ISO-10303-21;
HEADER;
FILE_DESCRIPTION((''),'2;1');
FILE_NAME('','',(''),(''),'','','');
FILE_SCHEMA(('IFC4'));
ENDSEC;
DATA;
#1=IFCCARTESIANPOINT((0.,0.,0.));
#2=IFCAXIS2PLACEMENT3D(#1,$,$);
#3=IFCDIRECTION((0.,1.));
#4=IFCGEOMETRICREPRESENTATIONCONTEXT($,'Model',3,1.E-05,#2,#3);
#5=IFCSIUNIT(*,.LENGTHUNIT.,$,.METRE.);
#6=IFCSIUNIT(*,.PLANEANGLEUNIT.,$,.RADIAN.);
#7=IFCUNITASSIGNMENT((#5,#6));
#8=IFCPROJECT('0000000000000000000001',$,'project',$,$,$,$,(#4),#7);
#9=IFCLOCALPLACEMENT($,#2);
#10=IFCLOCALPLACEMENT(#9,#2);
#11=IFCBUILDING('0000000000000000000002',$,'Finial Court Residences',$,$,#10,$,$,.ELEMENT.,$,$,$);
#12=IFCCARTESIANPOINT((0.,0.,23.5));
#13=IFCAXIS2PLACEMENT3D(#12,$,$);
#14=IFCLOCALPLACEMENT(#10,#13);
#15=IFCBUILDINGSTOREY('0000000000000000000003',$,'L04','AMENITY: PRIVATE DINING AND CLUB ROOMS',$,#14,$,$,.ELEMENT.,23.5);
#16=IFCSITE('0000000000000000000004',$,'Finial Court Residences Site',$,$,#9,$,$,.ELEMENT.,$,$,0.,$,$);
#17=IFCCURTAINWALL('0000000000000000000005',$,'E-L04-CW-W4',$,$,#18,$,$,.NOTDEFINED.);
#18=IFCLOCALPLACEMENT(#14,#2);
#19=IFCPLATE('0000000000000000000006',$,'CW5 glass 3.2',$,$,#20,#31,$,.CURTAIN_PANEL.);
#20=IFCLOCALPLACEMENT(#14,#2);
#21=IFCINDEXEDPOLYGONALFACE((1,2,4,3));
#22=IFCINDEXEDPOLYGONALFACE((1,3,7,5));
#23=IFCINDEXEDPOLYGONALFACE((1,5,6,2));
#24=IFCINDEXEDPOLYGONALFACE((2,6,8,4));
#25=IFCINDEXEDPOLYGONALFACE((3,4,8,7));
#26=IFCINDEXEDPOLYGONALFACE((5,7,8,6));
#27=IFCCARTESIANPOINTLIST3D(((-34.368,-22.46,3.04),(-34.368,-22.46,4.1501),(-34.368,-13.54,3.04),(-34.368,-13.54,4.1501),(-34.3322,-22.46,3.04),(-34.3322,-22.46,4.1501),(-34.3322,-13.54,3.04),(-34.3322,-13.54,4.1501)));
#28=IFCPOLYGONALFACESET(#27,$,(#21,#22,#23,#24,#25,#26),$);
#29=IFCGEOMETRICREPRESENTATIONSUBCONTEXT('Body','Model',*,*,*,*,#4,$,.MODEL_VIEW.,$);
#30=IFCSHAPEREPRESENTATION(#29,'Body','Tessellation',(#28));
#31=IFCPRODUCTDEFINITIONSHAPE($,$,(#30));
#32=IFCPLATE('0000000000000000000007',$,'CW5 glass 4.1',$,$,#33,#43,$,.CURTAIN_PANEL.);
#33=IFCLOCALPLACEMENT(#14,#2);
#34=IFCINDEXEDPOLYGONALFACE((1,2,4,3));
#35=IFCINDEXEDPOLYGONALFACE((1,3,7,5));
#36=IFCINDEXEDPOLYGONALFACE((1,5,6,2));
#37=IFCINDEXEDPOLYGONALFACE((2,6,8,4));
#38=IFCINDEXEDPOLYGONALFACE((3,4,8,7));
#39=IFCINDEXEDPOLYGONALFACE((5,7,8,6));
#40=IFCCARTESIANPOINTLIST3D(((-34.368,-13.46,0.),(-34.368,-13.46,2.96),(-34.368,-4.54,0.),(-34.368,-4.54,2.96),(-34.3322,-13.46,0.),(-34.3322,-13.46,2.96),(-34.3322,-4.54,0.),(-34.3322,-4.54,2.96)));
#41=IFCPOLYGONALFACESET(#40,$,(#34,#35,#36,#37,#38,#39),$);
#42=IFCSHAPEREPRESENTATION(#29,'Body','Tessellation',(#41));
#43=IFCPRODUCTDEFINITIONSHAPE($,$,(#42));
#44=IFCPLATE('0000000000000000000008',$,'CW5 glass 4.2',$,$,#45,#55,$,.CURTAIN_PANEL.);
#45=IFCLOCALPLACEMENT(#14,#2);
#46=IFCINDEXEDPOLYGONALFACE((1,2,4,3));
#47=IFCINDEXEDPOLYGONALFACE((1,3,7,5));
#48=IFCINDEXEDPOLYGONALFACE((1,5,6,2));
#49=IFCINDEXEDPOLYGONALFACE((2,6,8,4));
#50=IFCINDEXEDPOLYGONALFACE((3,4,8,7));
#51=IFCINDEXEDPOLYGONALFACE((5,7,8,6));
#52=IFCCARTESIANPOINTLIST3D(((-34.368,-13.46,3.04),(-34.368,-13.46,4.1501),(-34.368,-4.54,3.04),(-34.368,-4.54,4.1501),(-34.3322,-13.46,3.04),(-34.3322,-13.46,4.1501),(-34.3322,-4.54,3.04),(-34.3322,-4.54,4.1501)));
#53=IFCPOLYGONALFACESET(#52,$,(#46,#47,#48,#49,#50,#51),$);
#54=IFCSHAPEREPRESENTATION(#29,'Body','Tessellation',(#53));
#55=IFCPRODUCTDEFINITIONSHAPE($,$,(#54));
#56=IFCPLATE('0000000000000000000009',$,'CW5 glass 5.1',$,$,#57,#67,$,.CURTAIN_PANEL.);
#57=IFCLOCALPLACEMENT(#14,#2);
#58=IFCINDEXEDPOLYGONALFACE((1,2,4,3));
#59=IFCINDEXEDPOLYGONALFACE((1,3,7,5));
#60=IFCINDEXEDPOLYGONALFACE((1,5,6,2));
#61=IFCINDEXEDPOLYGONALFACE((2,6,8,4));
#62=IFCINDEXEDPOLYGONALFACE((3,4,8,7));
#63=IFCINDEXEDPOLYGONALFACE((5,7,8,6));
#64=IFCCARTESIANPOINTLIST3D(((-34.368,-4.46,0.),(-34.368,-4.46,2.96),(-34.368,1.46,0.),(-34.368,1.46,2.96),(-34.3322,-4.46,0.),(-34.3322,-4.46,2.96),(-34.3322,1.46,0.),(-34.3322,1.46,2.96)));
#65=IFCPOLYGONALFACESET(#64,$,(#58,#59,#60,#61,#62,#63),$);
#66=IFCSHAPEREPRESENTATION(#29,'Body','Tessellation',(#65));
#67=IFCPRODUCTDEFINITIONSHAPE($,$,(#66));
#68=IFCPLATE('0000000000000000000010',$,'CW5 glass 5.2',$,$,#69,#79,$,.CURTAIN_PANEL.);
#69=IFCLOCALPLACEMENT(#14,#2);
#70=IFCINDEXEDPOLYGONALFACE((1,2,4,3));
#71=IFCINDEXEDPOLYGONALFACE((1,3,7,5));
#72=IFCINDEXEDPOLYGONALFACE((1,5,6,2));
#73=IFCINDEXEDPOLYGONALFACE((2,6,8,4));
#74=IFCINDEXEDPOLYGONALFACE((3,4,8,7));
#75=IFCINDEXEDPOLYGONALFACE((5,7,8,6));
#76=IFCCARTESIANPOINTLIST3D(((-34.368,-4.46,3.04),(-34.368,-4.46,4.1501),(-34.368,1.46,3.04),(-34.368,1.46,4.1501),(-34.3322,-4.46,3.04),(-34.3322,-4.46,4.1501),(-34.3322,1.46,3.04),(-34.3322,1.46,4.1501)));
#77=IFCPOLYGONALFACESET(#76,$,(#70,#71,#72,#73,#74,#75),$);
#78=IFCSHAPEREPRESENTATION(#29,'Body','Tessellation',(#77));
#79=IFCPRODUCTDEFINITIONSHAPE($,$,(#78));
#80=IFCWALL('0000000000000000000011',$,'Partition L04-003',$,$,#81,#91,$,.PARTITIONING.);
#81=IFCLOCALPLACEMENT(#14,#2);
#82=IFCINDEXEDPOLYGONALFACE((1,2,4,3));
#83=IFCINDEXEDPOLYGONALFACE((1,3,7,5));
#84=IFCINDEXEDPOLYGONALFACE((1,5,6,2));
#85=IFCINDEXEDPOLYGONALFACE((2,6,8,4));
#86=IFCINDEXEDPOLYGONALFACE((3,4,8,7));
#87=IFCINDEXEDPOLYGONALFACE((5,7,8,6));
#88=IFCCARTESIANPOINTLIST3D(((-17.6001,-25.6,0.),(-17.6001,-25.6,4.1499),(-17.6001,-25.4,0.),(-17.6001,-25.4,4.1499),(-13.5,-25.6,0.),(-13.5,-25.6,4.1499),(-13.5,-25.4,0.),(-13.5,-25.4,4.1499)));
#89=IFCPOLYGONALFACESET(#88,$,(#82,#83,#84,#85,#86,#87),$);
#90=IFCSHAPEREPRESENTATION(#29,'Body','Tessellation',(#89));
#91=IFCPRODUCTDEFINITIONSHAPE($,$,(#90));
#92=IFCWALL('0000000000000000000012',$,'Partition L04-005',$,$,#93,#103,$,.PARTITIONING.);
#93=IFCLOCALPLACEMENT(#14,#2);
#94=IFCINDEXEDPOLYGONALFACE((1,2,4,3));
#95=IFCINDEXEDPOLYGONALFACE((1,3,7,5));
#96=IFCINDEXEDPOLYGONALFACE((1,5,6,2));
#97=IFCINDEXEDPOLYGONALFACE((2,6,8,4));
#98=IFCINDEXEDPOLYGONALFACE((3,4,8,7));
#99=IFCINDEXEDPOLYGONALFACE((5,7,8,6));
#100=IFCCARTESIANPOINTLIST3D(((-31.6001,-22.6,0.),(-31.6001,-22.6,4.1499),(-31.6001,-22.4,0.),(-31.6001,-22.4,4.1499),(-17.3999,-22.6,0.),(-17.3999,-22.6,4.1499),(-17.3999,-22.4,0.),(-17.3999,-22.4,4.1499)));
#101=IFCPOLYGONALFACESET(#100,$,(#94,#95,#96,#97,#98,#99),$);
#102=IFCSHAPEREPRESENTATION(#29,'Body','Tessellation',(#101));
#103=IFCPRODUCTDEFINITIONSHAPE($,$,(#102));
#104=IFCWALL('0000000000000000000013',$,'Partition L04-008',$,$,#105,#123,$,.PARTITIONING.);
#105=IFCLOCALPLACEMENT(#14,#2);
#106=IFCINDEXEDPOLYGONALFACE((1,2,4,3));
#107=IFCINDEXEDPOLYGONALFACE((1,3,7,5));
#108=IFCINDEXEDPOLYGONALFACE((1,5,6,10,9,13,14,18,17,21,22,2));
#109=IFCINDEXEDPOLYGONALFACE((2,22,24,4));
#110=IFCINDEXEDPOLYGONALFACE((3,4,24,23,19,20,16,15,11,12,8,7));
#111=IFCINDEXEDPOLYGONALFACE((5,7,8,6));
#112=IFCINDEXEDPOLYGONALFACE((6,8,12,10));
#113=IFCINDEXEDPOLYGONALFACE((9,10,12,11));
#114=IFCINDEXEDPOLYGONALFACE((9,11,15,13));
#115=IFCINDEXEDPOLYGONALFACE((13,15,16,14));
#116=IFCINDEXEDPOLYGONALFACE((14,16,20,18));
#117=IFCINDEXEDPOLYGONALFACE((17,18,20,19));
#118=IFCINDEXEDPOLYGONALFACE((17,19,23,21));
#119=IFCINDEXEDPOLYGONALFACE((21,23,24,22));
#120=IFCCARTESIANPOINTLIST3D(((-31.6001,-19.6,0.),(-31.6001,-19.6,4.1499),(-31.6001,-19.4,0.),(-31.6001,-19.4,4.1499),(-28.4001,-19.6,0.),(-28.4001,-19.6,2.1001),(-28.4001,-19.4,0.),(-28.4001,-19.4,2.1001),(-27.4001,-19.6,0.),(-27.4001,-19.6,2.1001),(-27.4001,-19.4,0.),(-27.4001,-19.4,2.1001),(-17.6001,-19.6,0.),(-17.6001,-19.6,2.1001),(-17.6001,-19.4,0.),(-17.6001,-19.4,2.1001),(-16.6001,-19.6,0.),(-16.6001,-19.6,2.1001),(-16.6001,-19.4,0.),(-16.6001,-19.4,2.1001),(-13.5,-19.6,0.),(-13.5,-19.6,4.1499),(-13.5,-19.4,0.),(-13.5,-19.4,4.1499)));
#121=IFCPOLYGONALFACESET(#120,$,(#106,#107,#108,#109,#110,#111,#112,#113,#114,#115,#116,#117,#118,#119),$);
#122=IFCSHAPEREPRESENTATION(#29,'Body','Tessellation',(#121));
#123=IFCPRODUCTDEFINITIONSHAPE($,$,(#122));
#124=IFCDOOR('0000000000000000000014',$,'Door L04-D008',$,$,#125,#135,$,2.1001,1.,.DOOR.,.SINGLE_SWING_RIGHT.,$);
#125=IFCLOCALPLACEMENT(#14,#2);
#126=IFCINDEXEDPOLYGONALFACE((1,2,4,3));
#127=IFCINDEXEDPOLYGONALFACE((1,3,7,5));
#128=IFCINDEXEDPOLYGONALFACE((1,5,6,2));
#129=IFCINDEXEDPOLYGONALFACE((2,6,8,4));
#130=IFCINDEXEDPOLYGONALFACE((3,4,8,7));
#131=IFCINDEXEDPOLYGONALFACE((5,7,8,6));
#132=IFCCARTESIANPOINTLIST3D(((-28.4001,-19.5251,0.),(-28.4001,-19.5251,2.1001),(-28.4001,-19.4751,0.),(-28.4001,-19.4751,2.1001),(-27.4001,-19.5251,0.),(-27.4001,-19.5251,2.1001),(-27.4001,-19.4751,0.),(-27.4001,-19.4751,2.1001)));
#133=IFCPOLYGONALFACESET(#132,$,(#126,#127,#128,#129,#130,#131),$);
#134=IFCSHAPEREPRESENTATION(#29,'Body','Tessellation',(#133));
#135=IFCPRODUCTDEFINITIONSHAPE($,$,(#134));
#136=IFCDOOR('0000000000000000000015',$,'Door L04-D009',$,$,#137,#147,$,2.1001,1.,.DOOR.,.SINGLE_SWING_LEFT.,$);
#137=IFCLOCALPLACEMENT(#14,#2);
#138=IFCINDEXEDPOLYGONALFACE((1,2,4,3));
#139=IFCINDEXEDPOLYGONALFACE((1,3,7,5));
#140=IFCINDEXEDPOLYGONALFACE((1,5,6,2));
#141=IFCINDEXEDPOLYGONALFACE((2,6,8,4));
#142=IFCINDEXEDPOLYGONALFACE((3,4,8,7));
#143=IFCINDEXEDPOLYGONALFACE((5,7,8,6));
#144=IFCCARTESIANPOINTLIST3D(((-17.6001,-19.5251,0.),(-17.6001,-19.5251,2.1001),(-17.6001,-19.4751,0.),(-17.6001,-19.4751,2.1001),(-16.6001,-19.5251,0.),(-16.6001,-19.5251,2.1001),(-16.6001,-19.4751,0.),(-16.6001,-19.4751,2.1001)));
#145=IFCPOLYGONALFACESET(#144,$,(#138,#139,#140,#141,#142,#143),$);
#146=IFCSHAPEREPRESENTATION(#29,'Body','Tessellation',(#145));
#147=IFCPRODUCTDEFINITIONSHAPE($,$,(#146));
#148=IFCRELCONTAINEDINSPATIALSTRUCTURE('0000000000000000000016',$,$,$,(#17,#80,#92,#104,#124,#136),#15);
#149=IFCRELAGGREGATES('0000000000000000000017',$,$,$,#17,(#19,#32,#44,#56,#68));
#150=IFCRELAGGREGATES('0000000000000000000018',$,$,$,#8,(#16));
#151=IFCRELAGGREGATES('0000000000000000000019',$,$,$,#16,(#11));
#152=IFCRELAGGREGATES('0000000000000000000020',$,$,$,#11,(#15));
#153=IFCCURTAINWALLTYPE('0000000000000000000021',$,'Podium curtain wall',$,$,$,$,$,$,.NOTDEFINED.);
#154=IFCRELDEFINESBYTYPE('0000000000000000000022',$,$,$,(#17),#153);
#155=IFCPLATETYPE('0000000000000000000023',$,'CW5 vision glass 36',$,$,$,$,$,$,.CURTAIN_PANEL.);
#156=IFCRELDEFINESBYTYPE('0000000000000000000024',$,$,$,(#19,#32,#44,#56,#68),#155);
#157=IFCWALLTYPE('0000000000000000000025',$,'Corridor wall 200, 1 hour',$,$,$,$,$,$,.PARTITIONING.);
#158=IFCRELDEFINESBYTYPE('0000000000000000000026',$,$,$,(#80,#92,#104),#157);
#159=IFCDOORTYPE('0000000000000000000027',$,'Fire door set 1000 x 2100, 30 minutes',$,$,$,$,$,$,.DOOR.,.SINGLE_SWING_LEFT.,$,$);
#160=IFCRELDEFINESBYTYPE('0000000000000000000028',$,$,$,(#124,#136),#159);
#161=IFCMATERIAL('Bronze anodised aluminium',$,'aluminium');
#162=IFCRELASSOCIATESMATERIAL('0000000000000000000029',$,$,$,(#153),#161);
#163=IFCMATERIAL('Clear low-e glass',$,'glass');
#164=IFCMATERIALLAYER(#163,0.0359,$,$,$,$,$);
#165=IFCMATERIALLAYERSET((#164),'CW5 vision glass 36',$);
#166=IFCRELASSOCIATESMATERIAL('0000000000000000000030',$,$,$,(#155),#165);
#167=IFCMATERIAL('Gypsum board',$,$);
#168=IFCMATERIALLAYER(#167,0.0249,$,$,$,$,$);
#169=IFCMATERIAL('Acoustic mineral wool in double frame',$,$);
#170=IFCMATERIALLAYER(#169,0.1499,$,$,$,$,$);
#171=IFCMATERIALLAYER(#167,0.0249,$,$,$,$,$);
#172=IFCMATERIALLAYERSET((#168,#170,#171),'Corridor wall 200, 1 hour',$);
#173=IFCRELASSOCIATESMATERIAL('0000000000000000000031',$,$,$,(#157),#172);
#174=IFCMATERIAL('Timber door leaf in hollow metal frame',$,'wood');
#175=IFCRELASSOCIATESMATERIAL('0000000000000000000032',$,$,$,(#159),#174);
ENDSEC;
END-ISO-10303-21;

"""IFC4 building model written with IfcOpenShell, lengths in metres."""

from ifc_helpers import new_model, si_unit, direction, frame, frame_2d, origin, origin_2d, place, context, subcontext, project, spatial, rectangle, extrude, material, layer, layer_set, type_object, element, fill, aggregate, save


model = new_model("IFC4")

# Units and contexts
model_context = context("Model", 3, precision=1e-05, world=origin(), true_north=direction((0.0, 1.0)))
body_context = subcontext(model_context, "Body", "Model", "MODEL_VIEW")
ifc_project = project(units=[si_unit("LENGTHUNIT", "METRE"), si_unit("PLANEANGLEUNIT", "RADIAN")], contexts=[model_context])

# Site, building, storey
site_placement = place(None, origin())
site = spatial("IfcSite", under=ifc_project, at=site_placement, Name="Finial Court Residences Site", CompositionType="ELEMENT", RefElevation=0.0)
building_placement = place(site_placement, origin())
building = spatial("IfcBuilding", under=site, at=building_placement, Name="Finial Court Residences", CompositionType="ELEMENT")
storey_placement = place(building_placement, frame((0.0, 0.0, 23.5)))
storey = spatial("IfcBuildingStorey", under=building, at=storey_placement, Name="L04", Description="AMENITY: PRIVATE DINING AND CLUB ROOMS", CompositionType="ELEMENT", Elevation=23.5)

# Curtain wall, plates
ifc_material_1 = material(Name="Bronze anodised aluminium", Category="aluminium")
curtain_wall_type = type_object("IfcCurtainWallType", Name="Podium curtain wall", PredefinedType="NOTDEFINED", material=ifc_material_1)
curtain_wall_placement = place(storey_placement, origin())
curtain_wall = element("IfcCurtainWall", 1, at=curtain_wall_placement, inside=storey, type_object=curtain_wall_type, Name="E-L04-CW-W4", PredefinedType="NOTDEFINED")
ifc_material_2 = material(Name="Clear low-e glass", Category="glass")
ifc_layer_1 = layer(ifc_material_2, 0.0359)
ifc_layer_set_1 = layer_set([ifc_layer_1], Name="CW5 vision glass 36")
plate_type = type_object("IfcPlateType", Name="CW5 vision glass 36", PredefinedType="CURTAIN_PANEL", material=ifc_layer_set_1)
plate_1_placement = place(storey_placement, frame((-34.3501, -18.0, 3.04), z_axis=(0.0, 0.0, 1.0), x_axis=(0.0, 1.0, 0.0)))
plate_1 = element("IfcPlate", 2, at=plate_1_placement, type_object=plate_type, Name="CW5 glass 3.2", PredefinedType="CURTAIN_PANEL", context=body_context, shape_type="SweptSolid", body=[
    extrude(rectangle(XDim=8.9199, YDim=0.0359, at=origin_2d()), origin(), (0.0, 0.0, 1.0), 1.1101),
])
plate_2_placement = place(storey_placement, frame((-34.3501, -9.0, 0.0), z_axis=(0.0, 0.0, 1.0), x_axis=(0.0, 1.0, 0.0)))
plate_2 = element("IfcPlate", 3, at=plate_2_placement, type_object=plate_type, Name="CW5 glass 4.1", PredefinedType="CURTAIN_PANEL", context=body_context, shape_type="SweptSolid", body=[
    extrude(rectangle(XDim=8.9199, YDim=0.0359, at=origin_2d()), origin(), (0.0, 0.0, 1.0), 2.96),
])
plate_3_placement = place(storey_placement, frame((-34.3501, -9.0, 3.04), z_axis=(0.0, 0.0, 1.0), x_axis=(0.0, 1.0, 0.0)))
plate_3 = element("IfcPlate", 4, at=plate_3_placement, type_object=plate_type, Name="CW5 glass 4.2", PredefinedType="CURTAIN_PANEL", context=body_context, shape_type="SweptSolid", body=[
    extrude(rectangle(XDim=8.9199, YDim=0.0359, at=origin_2d()), origin(), (0.0, 0.0, 1.0), 1.1101),
])
plate_4_placement = place(storey_placement, frame((-34.3501, -1.5, 0.0), z_axis=(0.0, 0.0, 1.0), x_axis=(0.0, 1.0, 0.0)))
plate_4 = element("IfcPlate", 5, at=plate_4_placement, type_object=plate_type, Name="CW5 glass 5.1", PredefinedType="CURTAIN_PANEL", context=body_context, shape_type="SweptSolid", body=[
    extrude(rectangle(XDim=5.9199, YDim=0.0359, at=origin_2d()), origin(), (0.0, 0.0, 1.0), 2.96),
])
plate_5_placement = place(storey_placement, frame((-34.3501, -1.5, 3.04), z_axis=(0.0, 0.0, 1.0), x_axis=(0.0, 1.0, 0.0)))
plate_5 = element("IfcPlate", 6, at=plate_5_placement, type_object=plate_type, Name="CW5 glass 5.2", PredefinedType="CURTAIN_PANEL", context=body_context, shape_type="SweptSolid", body=[
    extrude(rectangle(XDim=5.9199, YDim=0.0359, at=origin_2d()), origin(), (0.0, 0.0, 1.0), 1.1101),
])
aggregate(curtain_wall, [plate_1, plate_2, plate_3, plate_4, plate_5])

# Walls
ifc_material_3 = material(Name="Gypsum board")
ifc_layer_2 = layer(ifc_material_3, 0.0249)
ifc_material_4 = material(Name="Acoustic mineral wool in double frame")
ifc_layer_3 = layer(ifc_material_4, 0.1499)
ifc_layer_4 = layer(ifc_material_3, 0.0249)
ifc_layer_set_2 = layer_set([ifc_layer_2, ifc_layer_3, ifc_layer_4], Name="Corridor wall 200, 1 hour")
wall_type_1 = type_object("IfcWallType", Name="Corridor wall 200, 1 hour", PredefinedType="PARTITIONING", material=ifc_layer_set_2)
wall_1_placement = place(storey_placement, frame((-17.6001, -25.5, 0.0), z_axis=(0.0, 0.0, 1.0), x_axis=(1.0, 0.0, 0.0)))
element("IfcWall", 7, at=wall_1_placement, inside=storey, type_object=wall_type_1, Name="Partition L04-003", PredefinedType="PARTITIONING", context=body_context, shape_type="SweptSolid", body=[
    extrude(rectangle(XDim=4.1001, YDim=0.2, at=frame_2d((2.05, 0.0))), origin(), (0.0, 0.0, 1.0), 4.1499),
])
wall_2_placement = place(storey_placement, frame((-31.6001, -22.5, 0.0), z_axis=(0.0, 0.0, 1.0), x_axis=(1.0, 0.0, 0.0)))
element("IfcWall", 8, at=wall_2_placement, inside=storey, type_object=wall_type_1, Name="Partition L04-005", PredefinedType="PARTITIONING", context=body_context, shape_type="SweptSolid", body=[
    extrude(rectangle(XDim=14.2002, YDim=0.2, at=frame_2d((7.1001, 0.0))), origin(), (0.0, 0.0, 1.0), 4.1499),
])

# Wall, openings, doors
wall_3_placement = place(storey_placement, frame((-31.6001, -19.5, 0.0), z_axis=(0.0, 0.0, 1.0), x_axis=(1.0, 0.0, 0.0)))
wall_3 = element("IfcWall", 9, at=wall_3_placement, inside=storey, type_object=wall_type_1, Name="Partition L04-008", PredefinedType="PARTITIONING", context=body_context, shape_type="SweptSolid", body=[
    extrude(rectangle(XDim=18.1001, YDim=0.2, at=frame_2d((9.05, 0.0))), origin(), (0.0, 0.0, 1.0), 4.1499),
])
opening_1_placement = place(wall_3_placement, frame((3.2, 0.0, 0.0)))
opening_1 = element("IfcOpeningElement", 10, at=opening_1_placement, cuts=wall_3, PredefinedType="OPENING", context=body_context, shape_type="SweptSolid", body=[
    extrude(rectangle(XDim=1.0, YDim=2.1001, at=frame_2d((0.5, 1.05))), frame((0.0, 0.1099, 0.0), z_axis=(0.0, -1.0, 0.0), x_axis=(1.0, 0.0, 0.0)), (0.0, 0.0, 1.0), 0.22),
])
opening_2_placement = place(wall_3_placement, frame((14.0, 0.0, 0.0)))
opening_2 = element("IfcOpeningElement", 11, at=opening_2_placement, cuts=wall_3, PredefinedType="OPENING", context=body_context, shape_type="SweptSolid", body=[
    extrude(rectangle(XDim=1.0, YDim=2.1001, at=frame_2d((0.5, 1.05))), frame((0.0, 0.1099, 0.0), z_axis=(0.0, -1.0, 0.0), x_axis=(1.0, 0.0, 0.0)), (0.0, 0.0, 1.0), 0.22),
])
ifc_material_5 = material(Name="Timber door leaf in hollow metal frame", Category="wood")
door_type = type_object("IfcDoorType", Name="Fire door set 1000 x 2100, 30 minutes", OperationType="SINGLE_SWING_LEFT", PredefinedType="DOOR", material=ifc_material_5)
door_1_placement = place(opening_1_placement, origin())
door_1 = element("IfcDoor", 12, at=door_1_placement, inside=storey, type_object=door_type, Name="Door L04-D008", OperationType="SINGLE_SWING_RIGHT", OverallHeight=2.1001, OverallWidth=1.0, PredefinedType="DOOR", context=body_context, shape_type="SweptSolid", body=[
    extrude(rectangle(XDim=1.0, YDim=2.1001, at=frame_2d((0.5, 1.05))), frame((0.0, 0.0249, 0.0), z_axis=(0.0, -1.0, 0.0), x_axis=(1.0, 0.0, 0.0)), (0.0, 0.0, 1.0), 0.05),
])
fill(opening_1, door_1)
door_2_placement = place(opening_2_placement, origin())
door_2 = element("IfcDoor", 13, at=door_2_placement, inside=storey, type_object=door_type, Name="Door L04-D009", OperationType="SINGLE_SWING_LEFT", OverallHeight=2.1001, OverallWidth=1.0, PredefinedType="DOOR", context=body_context, shape_type="SweptSolid", body=[
    extrude(rectangle(XDim=1.0, YDim=2.1001, at=frame_2d((0.5, 1.05))), frame((0.0, 0.0249, 0.0), z_axis=(0.0, -1.0, 0.0), x_axis=(1.0, 0.0, 0.0)), (0.0, 0.0, 1.0), 0.05),
])
fill(opening_2, door_2)

save(model, "model.ifc")
